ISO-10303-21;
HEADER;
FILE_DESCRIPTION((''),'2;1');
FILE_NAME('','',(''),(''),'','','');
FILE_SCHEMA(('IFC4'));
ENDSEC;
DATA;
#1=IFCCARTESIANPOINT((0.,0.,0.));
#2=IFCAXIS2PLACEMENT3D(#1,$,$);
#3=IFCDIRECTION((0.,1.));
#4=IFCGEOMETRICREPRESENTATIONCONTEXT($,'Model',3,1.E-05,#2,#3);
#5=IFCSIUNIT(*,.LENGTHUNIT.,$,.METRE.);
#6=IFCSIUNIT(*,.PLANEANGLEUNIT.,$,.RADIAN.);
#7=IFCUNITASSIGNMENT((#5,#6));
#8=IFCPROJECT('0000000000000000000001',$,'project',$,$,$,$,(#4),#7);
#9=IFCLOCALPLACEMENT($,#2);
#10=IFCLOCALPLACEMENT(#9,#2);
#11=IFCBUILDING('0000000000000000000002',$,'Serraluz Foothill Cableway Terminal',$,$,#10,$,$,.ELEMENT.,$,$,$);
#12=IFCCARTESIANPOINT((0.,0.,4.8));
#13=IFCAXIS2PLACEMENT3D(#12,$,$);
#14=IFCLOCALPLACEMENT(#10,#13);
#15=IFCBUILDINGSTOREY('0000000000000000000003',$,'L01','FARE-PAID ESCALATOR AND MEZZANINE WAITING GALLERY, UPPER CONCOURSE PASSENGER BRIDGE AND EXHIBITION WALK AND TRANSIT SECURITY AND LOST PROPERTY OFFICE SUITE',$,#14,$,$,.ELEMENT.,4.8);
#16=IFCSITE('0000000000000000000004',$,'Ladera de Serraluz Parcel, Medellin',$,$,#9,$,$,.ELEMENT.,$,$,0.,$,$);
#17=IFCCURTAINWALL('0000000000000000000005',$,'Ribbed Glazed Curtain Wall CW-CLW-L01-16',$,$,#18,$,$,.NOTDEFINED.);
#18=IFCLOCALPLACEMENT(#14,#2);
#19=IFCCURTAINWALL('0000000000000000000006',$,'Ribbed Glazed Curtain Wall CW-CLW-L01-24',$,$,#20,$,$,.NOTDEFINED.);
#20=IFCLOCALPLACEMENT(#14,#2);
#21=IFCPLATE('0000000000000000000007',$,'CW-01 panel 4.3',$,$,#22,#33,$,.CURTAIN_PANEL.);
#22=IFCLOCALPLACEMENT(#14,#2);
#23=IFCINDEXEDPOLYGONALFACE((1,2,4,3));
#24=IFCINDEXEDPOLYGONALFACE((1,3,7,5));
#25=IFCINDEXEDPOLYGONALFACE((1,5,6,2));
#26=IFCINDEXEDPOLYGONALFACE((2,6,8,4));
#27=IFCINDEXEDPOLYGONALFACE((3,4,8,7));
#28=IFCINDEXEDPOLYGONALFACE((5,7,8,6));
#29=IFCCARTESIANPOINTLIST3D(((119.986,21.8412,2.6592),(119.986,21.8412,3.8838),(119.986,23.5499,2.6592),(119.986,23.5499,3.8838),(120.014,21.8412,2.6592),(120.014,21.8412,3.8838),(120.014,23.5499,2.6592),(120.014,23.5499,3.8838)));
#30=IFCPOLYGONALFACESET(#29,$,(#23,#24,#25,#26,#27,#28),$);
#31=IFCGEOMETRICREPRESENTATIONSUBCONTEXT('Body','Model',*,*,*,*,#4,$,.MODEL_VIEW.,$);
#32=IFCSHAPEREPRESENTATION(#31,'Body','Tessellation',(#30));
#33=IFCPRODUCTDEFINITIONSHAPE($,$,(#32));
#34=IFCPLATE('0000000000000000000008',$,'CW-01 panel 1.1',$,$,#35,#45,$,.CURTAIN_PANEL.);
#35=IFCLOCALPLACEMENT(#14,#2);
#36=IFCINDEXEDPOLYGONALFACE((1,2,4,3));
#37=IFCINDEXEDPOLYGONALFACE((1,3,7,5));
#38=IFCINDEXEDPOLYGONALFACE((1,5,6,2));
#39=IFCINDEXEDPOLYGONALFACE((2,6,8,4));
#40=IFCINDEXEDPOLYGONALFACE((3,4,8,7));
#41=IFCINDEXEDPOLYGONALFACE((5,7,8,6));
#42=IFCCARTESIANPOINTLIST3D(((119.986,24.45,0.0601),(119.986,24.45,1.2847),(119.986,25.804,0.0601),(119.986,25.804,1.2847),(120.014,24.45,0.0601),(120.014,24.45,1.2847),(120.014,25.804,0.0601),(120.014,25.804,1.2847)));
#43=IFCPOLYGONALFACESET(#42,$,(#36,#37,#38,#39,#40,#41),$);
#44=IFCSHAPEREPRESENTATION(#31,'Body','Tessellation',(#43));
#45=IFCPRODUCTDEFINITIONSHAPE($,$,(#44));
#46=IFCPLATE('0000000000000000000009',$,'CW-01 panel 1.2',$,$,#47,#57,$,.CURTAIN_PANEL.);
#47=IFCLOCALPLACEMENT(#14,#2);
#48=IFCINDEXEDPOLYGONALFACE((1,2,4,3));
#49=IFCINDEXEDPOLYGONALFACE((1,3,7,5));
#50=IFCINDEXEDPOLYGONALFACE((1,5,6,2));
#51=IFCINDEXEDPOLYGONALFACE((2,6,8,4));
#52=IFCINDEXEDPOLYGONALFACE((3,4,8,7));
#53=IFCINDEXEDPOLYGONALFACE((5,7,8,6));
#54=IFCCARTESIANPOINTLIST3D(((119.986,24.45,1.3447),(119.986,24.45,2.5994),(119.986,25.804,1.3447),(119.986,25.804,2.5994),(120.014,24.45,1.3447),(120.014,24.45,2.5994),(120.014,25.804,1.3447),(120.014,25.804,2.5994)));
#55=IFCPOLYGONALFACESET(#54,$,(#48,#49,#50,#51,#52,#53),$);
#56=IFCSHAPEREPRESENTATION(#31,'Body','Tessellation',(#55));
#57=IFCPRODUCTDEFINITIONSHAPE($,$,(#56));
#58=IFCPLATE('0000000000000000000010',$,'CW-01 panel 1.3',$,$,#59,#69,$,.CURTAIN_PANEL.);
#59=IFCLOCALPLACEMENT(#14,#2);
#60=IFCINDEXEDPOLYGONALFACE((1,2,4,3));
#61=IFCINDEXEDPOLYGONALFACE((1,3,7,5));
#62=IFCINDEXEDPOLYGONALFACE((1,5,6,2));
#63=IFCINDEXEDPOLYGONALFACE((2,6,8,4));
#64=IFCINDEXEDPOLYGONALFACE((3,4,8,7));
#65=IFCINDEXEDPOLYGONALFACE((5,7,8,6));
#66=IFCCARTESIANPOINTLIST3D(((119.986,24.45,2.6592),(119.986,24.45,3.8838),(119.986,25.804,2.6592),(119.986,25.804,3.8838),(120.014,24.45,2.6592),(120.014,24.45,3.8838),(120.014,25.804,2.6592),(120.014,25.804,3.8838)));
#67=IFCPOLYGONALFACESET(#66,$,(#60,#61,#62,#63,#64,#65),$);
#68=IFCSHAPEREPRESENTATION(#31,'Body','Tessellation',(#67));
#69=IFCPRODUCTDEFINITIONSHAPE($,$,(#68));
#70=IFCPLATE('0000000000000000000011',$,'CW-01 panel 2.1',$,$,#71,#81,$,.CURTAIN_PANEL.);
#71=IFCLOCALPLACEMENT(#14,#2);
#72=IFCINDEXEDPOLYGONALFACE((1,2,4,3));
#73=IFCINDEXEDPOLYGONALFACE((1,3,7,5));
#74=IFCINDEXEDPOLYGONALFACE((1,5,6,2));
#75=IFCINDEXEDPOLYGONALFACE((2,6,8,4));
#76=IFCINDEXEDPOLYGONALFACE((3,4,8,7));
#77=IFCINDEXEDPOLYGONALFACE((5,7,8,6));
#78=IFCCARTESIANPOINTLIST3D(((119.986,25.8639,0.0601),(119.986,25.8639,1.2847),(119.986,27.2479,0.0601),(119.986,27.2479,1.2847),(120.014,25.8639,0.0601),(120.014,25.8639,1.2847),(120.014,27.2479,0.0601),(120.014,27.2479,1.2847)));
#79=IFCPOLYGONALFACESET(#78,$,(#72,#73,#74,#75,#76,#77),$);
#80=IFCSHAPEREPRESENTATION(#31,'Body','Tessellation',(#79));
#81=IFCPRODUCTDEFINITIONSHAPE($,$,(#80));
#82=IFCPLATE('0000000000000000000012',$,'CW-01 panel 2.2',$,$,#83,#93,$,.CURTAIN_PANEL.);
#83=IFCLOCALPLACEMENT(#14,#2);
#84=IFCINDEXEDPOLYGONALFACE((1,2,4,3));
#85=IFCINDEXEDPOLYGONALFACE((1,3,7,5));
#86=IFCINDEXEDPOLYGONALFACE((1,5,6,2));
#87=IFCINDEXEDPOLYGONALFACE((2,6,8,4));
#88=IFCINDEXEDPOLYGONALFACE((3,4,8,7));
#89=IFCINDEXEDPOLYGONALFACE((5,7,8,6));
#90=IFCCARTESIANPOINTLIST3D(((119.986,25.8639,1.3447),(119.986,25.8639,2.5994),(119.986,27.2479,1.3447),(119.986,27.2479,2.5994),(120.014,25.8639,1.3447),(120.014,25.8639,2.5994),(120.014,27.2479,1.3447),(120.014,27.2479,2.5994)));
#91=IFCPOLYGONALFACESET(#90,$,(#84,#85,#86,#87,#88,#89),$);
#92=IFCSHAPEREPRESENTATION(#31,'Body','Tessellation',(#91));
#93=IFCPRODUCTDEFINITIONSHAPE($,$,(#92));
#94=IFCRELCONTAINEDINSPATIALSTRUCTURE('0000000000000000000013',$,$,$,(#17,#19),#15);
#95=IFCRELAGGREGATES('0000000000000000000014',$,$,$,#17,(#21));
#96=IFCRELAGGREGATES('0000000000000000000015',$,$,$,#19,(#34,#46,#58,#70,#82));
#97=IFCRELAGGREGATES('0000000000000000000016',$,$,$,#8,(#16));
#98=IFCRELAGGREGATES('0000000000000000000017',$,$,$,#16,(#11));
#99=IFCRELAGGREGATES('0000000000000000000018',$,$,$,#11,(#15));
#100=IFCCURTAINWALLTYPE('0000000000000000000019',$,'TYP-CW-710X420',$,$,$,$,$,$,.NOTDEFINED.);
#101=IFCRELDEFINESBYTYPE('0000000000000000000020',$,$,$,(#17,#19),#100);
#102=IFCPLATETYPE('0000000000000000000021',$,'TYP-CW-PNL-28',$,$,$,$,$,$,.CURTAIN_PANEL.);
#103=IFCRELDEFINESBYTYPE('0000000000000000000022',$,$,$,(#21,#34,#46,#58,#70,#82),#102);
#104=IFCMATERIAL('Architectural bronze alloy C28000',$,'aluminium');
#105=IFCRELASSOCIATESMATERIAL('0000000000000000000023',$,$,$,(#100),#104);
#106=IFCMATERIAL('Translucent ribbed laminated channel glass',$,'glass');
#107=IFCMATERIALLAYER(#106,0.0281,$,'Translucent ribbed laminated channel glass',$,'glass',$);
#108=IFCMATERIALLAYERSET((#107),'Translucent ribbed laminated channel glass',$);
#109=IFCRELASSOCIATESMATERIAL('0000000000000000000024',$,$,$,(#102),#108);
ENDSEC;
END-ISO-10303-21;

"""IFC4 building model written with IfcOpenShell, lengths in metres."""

from ifc_helpers import new_model, si_unit, direction, frame, origin, origin_2d, place, context, subcontext, project, spatial, rectangle, extrude, material, layer, layer_set, type_object, element, aggregate, save


model = new_model("IFC4")

# Units and contexts
model_context = context("Model", 3, precision=1e-05, world=origin(), true_north=direction((0.0, 1.0)))
body_context = subcontext(model_context, "Body", "Model", "MODEL_VIEW")
ifc_project = project(units=[si_unit("LENGTHUNIT", "METRE"), si_unit("PLANEANGLEUNIT", "RADIAN")], contexts=[model_context])

# Site, building, storey
site_placement = place(None, origin())
site = spatial("IfcSite", under=ifc_project, at=site_placement, Name="Ladera de Serraluz Parcel, Medellin", CompositionType="ELEMENT", RefElevation=0.0)
building_placement = place(site_placement, origin())
building = spatial("IfcBuilding", under=site, at=building_placement, Name="Serraluz Foothill Cableway Terminal", CompositionType="ELEMENT")
storey_placement = place(building_placement, frame((0.0, 0.0, 4.8)))
storey = spatial("IfcBuildingStorey", under=building, at=storey_placement, Name="L01", Description="FARE-PAID ESCALATOR AND MEZZANINE WAITING GALLERY, UPPER CONCOURSE PASSENGER BRIDGE AND EXHIBITION WALK AND TRANSIT SECURITY AND LOST PROPERTY OFFICE SUITE", CompositionType="ELEMENT", Elevation=4.8)

# Curtain walls
ifc_material_1 = material(Name="Architectural bronze alloy C28000", Category="aluminium")
curtain_wall_type = type_object("IfcCurtainWallType", Name="TYP-CW-710X420", PredefinedType="NOTDEFINED", material=ifc_material_1)
curtain_wall_1_placement = place(storey_placement, origin())
curtain_wall_1 = element("IfcCurtainWall", 1, at=curtain_wall_1_placement, inside=storey, type_object=curtain_wall_type, Name="Ribbed Glazed Curtain Wall CW-CLW-L01-16", PredefinedType="NOTDEFINED")
curtain_wall_2_placement = place(storey_placement, origin())
curtain_wall_2 = element("IfcCurtainWall", 2, at=curtain_wall_2_placement, inside=storey, type_object=curtain_wall_type, Name="Ribbed Glazed Curtain Wall CW-CLW-L01-24", PredefinedType="NOTDEFINED")

# Plates
ifc_material_2 = material(Name="Translucent ribbed laminated channel glass", Category="glass")
ifc_layer = layer(ifc_material_2, 0.0281, Name="Translucent ribbed laminated channel glass", Category="glass")
ifc_layer_set = layer_set([ifc_layer], Name="Translucent ribbed laminated channel glass")
plate_type = type_object("IfcPlateType", Name="TYP-CW-PNL-28", PredefinedType="CURTAIN_PANEL", material=ifc_layer_set)
plate_1_placement = place(storey_placement, frame((120.0, 22.6956, 2.6592), z_axis=(0.0, 0.0, 1.0), x_axis=(0.0, 1.0, 0.0)))
plate_1 = element("IfcPlate", 3, at=plate_1_placement, type_object=plate_type, Name="CW-01 panel 4.3", PredefinedType="CURTAIN_PANEL", context=body_context, shape_type="SweptSolid", body=[
    extrude(rectangle(XDim=1.7087, YDim=0.0281, at=origin_2d()), origin(), (0.0, 0.0, 1.0), 1.2246),
])
aggregate(curtain_wall_1, [plate_1])
plate_2_placement = place(storey_placement, frame((120.0, 25.127, 0.0601), z_axis=(0.0, 0.0, 1.0), x_axis=(0.0, 1.0, 0.0)))
plate_2 = element("IfcPlate", 4, at=plate_2_placement, type_object=plate_type, Name="CW-01 panel 1.1", PredefinedType="CURTAIN_PANEL", context=body_context, shape_type="SweptSolid", body=[
    extrude(rectangle(XDim=1.354, YDim=0.0281, at=origin_2d()), origin(), (0.0, 0.0, 1.0), 1.2246),
])
plate_3_placement = place(storey_placement, frame((120.0, 25.127, 1.3447), z_axis=(0.0, 0.0, 1.0), x_axis=(0.0, 1.0, 0.0)))
plate_3 = element("IfcPlate", 5, at=plate_3_placement, type_object=plate_type, Name="CW-01 panel 1.2", PredefinedType="CURTAIN_PANEL", context=body_context, shape_type="SweptSolid", body=[
    extrude(rectangle(XDim=1.354, YDim=0.0281, at=origin_2d()), origin(), (0.0, 0.0, 1.0), 1.2546),
])
plate_4_placement = place(storey_placement, frame((120.0, 25.127, 2.6592), z_axis=(0.0, 0.0, 1.0), x_axis=(0.0, 1.0, 0.0)))
plate_4 = element("IfcPlate", 6, at=plate_4_placement, type_object=plate_type, Name="CW-01 panel 1.3", PredefinedType="CURTAIN_PANEL", context=body_context, shape_type="SweptSolid", body=[
    extrude(rectangle(XDim=1.354, YDim=0.0281, at=origin_2d()), origin(), (0.0, 0.0, 1.0), 1.2246),
])
plate_5_placement = place(storey_placement, frame((120.0, 26.5559, 0.0601), z_axis=(0.0, 0.0, 1.0), x_axis=(0.0, 1.0, 0.0)))
plate_5 = element("IfcPlate", 7, at=plate_5_placement, type_object=plate_type, Name="CW-01 panel 2.1", PredefinedType="CURTAIN_PANEL", context=body_context, shape_type="SweptSolid", body=[
    extrude(rectangle(XDim=1.384, YDim=0.0281, at=origin_2d()), origin(), (0.0, 0.0, 1.0), 1.2246),
])
plate_6_placement = place(storey_placement, frame((120.0, 26.5559, 1.3447), z_axis=(0.0, 0.0, 1.0), x_axis=(0.0, 1.0, 0.0)))
plate_6 = element("IfcPlate", 8, at=plate_6_placement, type_object=plate_type, Name="CW-01 panel 2.2", PredefinedType="CURTAIN_PANEL", context=body_context, shape_type="SweptSolid", body=[
    extrude(rectangle(XDim=1.384, YDim=0.0281, at=origin_2d()), origin(), (0.0, 0.0, 1.0), 1.2546),
])
aggregate(curtain_wall_2, [plate_2, plate_3, plate_4, plate_5, plate_6])

save(model, "model.ifc")
